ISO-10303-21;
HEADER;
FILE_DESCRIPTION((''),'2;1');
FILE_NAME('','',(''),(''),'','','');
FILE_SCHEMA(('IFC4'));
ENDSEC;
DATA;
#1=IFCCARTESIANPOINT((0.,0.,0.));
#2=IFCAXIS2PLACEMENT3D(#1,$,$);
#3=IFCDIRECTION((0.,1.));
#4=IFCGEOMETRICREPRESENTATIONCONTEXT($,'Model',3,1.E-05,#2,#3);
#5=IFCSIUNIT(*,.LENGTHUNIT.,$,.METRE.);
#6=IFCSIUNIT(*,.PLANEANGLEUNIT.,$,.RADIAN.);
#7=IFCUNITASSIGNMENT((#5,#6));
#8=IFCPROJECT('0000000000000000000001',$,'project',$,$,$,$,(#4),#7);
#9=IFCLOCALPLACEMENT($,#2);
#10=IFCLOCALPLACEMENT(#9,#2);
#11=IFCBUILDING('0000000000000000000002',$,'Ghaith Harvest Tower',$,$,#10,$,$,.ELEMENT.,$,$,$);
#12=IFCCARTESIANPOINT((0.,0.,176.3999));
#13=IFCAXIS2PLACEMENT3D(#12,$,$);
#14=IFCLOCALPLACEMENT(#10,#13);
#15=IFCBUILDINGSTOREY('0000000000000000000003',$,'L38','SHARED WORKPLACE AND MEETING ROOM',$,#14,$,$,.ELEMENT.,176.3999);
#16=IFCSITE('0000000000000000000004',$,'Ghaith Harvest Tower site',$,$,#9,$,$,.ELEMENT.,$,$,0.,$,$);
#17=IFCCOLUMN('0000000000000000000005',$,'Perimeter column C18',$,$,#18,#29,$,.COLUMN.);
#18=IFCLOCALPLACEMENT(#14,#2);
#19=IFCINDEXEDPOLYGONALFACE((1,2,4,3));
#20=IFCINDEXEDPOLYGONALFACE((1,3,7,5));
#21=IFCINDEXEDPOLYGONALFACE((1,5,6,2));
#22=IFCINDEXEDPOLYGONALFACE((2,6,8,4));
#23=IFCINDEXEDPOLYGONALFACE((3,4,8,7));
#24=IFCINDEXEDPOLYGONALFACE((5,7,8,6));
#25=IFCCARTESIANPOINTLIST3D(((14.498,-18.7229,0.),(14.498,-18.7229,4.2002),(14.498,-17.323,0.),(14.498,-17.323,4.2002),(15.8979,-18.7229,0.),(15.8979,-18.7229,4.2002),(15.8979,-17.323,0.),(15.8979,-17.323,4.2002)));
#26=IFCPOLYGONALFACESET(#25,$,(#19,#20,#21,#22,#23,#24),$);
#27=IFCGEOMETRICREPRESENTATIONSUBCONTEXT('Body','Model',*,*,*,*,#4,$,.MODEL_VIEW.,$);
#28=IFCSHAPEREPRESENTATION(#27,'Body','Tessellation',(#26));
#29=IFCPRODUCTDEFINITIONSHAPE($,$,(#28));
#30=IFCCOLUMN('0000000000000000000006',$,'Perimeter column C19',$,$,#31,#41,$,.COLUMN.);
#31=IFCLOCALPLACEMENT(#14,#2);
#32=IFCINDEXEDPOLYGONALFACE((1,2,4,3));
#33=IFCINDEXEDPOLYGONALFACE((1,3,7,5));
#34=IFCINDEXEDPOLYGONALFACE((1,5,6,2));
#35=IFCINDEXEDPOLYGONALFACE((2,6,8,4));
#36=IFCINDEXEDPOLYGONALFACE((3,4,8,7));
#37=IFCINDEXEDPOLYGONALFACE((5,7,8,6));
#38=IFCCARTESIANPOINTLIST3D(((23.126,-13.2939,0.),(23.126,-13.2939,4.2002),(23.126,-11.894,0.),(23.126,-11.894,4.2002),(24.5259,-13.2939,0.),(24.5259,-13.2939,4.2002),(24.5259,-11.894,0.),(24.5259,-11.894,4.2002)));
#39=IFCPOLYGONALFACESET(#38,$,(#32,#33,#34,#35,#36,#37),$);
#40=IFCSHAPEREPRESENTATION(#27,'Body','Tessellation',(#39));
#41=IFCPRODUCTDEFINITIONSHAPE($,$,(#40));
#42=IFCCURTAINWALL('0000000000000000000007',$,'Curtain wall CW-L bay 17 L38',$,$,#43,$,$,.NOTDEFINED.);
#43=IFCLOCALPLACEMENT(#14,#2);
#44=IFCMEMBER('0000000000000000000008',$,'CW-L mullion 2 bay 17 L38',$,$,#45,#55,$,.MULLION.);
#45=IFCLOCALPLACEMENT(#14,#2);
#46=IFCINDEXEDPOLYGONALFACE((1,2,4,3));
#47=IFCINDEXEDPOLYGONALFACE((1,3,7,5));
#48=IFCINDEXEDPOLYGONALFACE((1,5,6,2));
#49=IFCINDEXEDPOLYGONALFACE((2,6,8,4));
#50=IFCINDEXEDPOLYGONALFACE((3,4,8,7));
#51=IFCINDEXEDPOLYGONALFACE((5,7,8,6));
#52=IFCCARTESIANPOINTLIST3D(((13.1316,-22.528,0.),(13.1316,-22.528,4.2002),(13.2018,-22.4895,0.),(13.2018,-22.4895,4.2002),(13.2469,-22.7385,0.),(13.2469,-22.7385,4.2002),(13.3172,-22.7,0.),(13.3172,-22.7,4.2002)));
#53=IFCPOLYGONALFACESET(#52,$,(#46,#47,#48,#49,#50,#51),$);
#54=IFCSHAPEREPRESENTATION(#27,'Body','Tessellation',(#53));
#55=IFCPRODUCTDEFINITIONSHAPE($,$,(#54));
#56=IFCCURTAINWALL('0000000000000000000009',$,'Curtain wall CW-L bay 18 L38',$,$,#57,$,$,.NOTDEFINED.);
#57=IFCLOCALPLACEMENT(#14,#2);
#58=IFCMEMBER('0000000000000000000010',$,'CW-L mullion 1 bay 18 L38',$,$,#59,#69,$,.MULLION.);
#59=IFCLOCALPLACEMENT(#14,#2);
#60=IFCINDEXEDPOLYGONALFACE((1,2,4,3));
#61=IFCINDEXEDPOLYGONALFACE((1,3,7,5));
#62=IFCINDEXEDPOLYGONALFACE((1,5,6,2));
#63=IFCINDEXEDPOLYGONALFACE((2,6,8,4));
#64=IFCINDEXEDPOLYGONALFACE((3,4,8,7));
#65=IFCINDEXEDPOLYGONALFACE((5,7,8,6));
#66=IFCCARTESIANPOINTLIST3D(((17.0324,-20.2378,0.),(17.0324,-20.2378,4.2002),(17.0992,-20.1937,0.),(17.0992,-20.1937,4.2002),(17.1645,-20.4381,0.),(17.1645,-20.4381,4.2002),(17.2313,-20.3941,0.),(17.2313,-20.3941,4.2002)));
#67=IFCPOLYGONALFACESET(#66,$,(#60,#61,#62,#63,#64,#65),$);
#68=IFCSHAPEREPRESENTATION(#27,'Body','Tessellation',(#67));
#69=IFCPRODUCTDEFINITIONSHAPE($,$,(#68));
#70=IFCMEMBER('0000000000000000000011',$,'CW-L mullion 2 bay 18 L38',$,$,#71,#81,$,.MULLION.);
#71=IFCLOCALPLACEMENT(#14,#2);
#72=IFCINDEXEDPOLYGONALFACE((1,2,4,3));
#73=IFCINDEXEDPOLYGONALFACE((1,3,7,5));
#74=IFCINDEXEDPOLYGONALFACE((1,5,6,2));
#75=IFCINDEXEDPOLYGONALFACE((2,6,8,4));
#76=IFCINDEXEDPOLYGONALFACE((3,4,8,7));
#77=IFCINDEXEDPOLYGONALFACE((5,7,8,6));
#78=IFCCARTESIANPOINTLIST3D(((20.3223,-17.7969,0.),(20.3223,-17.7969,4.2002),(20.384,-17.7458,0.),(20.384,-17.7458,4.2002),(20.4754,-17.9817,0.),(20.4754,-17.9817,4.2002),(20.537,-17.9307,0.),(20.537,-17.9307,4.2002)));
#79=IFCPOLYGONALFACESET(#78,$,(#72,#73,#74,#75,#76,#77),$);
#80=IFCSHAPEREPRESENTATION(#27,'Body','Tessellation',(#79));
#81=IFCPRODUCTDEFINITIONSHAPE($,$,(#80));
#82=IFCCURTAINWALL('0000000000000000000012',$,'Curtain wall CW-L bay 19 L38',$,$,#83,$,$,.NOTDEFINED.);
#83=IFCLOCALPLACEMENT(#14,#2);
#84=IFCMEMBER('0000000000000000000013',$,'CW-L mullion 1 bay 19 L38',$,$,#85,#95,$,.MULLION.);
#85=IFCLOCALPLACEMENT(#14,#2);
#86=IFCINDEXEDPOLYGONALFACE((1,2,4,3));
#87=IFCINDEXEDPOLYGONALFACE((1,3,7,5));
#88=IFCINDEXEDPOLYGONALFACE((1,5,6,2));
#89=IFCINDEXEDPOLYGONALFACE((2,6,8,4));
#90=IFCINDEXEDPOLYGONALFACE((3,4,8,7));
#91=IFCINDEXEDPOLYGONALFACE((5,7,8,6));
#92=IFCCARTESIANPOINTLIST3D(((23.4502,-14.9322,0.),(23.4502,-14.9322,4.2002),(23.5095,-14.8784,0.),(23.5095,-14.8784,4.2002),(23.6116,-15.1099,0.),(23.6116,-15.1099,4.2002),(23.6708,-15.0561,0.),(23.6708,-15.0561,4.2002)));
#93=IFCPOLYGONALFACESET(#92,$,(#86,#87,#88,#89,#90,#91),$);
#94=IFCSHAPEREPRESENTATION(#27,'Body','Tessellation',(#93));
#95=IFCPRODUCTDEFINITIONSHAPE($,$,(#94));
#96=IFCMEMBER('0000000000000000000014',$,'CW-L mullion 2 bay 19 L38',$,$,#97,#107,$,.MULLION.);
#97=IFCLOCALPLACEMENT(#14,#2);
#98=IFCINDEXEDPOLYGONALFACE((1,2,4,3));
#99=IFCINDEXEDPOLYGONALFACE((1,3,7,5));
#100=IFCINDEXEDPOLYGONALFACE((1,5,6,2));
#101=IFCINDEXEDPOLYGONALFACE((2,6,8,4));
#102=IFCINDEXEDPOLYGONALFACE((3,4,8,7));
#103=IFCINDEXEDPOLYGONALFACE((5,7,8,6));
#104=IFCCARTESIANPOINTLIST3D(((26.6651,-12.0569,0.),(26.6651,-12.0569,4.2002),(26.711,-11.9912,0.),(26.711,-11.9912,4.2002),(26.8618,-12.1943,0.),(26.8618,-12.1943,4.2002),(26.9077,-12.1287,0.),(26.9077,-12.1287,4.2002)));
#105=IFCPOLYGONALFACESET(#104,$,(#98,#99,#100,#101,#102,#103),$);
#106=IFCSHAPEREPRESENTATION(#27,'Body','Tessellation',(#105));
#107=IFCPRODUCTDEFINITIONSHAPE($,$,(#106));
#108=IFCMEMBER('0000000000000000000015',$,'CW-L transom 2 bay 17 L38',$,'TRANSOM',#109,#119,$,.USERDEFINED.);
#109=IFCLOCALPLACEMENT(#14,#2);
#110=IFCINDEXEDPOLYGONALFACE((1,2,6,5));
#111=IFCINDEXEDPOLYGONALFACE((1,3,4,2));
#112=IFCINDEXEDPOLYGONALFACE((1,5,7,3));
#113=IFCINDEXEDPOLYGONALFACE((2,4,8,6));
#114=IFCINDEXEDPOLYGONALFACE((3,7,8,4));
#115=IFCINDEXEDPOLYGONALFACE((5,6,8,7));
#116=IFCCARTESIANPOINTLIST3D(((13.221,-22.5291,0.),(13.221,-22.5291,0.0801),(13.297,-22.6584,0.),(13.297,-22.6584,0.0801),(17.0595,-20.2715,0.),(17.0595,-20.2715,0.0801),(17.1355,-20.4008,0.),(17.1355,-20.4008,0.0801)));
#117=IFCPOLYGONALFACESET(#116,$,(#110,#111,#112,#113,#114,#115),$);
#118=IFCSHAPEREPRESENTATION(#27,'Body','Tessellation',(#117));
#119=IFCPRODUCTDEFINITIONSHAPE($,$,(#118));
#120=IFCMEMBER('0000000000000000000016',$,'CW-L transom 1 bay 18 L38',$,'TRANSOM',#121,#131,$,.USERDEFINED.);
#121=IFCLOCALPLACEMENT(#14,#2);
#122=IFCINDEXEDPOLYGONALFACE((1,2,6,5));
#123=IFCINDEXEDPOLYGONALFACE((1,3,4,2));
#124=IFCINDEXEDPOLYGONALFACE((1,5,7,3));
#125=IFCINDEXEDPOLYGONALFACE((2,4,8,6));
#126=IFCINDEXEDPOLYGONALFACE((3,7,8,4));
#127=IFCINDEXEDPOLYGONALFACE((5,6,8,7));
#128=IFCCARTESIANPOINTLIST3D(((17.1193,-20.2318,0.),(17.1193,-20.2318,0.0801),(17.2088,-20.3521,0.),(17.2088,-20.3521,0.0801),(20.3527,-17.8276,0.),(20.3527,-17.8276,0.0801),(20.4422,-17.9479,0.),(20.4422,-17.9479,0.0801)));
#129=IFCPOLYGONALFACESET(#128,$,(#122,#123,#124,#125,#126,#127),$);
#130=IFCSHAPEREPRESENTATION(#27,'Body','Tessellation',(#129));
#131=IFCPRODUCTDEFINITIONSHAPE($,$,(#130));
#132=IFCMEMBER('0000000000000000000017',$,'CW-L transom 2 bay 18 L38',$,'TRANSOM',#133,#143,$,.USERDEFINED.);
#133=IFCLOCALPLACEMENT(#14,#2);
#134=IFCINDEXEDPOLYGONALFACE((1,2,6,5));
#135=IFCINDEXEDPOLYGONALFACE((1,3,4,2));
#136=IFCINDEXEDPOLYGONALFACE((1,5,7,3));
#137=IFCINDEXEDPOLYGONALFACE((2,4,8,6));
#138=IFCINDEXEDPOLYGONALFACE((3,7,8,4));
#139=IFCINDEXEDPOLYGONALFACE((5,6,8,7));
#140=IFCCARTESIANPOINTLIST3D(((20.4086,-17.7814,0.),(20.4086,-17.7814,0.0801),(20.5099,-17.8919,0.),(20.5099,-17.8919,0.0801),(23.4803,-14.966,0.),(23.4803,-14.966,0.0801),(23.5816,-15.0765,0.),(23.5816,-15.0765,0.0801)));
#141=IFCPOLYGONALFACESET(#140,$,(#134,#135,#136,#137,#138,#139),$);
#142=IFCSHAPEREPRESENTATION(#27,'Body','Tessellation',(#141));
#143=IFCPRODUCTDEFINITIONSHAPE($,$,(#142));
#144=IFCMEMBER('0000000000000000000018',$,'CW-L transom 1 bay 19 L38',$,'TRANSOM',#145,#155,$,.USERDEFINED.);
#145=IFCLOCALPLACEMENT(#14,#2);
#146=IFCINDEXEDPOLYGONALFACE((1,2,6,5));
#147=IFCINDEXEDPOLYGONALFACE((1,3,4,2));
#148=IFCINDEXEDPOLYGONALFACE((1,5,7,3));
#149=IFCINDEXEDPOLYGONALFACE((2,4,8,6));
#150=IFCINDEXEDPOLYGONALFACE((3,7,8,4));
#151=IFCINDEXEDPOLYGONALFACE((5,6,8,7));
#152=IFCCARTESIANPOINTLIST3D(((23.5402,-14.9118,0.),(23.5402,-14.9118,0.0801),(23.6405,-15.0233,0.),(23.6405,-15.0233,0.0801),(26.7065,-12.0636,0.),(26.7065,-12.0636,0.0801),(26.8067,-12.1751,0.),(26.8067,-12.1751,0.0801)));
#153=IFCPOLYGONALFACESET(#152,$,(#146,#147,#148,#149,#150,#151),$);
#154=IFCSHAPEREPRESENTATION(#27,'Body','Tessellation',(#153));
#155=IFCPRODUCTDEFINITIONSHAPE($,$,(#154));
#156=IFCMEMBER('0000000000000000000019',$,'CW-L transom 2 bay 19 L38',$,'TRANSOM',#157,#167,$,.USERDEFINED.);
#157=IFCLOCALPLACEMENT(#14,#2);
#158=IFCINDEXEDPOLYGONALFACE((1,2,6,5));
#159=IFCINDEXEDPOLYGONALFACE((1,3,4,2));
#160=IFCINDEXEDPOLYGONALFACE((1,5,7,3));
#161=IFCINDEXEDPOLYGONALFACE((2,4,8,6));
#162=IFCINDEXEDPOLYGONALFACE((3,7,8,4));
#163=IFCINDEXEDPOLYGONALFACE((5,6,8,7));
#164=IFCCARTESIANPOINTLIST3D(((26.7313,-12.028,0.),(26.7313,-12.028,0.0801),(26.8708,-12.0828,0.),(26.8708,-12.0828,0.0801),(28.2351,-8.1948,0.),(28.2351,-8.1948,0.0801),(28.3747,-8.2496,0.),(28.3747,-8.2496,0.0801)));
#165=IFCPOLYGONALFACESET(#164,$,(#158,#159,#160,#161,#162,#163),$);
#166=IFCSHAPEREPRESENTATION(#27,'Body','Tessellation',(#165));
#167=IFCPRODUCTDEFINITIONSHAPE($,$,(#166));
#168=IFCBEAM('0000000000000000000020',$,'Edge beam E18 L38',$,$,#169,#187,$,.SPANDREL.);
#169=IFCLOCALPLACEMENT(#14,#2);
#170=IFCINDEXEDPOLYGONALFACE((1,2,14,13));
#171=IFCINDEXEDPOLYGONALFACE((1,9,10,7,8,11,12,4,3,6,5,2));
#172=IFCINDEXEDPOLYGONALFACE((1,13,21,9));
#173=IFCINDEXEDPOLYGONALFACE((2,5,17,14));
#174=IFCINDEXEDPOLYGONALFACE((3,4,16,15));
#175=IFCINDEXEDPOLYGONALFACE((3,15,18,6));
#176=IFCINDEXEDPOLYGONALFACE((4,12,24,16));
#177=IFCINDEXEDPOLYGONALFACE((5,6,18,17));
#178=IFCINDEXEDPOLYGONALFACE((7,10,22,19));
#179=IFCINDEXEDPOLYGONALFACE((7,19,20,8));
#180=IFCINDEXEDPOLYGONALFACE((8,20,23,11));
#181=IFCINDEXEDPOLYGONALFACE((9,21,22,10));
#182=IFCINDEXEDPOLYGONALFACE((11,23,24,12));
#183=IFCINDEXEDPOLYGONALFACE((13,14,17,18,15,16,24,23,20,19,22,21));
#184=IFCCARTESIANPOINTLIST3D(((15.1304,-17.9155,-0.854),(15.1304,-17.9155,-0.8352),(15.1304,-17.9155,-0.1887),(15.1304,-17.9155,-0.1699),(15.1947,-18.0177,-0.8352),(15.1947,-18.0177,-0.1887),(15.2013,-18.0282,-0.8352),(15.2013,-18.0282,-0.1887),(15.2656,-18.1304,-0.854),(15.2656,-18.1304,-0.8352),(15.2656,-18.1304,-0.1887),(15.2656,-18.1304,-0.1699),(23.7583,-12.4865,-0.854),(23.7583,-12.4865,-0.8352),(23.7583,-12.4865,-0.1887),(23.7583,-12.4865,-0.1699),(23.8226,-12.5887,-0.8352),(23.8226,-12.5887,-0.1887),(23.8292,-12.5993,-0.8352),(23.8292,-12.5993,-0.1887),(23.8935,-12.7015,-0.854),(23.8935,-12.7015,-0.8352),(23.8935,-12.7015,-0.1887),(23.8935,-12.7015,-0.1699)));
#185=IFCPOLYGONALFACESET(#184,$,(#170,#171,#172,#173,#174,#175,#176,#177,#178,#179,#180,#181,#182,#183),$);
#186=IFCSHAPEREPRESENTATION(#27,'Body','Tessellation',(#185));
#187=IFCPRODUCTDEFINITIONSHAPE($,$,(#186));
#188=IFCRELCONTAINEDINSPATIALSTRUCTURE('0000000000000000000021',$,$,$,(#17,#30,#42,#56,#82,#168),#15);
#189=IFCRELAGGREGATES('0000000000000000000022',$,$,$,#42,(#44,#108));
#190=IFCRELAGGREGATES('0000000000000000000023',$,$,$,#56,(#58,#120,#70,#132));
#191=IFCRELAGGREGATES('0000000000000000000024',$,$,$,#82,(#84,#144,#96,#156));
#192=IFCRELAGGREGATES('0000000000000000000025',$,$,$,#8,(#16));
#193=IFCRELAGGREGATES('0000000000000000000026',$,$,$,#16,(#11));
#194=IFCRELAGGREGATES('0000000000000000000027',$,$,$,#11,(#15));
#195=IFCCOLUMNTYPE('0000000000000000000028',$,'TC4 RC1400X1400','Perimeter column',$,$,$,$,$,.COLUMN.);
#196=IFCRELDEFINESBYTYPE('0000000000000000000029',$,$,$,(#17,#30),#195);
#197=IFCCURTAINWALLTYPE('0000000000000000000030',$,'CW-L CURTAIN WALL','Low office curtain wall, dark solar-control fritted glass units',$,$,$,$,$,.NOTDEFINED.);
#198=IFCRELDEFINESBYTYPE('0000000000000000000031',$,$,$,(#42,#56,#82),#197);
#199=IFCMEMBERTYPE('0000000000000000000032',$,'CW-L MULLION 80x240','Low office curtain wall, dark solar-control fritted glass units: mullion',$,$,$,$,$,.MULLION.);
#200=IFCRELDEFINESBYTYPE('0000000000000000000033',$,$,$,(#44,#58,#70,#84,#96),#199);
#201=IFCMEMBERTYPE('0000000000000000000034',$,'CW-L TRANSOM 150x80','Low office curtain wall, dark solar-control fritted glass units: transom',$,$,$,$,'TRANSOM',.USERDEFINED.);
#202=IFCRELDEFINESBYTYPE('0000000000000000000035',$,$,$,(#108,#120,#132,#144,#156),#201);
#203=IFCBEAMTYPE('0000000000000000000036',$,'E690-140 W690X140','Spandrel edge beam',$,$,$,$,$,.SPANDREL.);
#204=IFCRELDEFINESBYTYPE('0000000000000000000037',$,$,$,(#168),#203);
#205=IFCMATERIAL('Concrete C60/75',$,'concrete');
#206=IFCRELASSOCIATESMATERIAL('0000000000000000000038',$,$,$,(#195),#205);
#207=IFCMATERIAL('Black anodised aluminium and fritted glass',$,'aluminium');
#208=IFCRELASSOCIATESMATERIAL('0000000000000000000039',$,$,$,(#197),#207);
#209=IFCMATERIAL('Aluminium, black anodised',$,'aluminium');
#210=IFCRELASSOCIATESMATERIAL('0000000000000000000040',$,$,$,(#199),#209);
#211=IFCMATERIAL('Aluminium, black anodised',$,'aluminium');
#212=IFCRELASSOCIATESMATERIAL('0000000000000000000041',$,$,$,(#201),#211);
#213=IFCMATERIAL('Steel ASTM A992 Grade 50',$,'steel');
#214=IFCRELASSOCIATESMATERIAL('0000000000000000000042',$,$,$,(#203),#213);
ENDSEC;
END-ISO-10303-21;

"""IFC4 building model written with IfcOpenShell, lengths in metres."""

from ifc_helpers import new_model, si_unit, direction, frame, origin, origin_2d, place, context, subcontext, project, spatial, rectangle, i_section, extrude, material, material_profile, profile_set, type_object, element, aggregate, save


model = new_model("IFC4")

# Units and contexts
model_context = context("Model", 3, precision=1e-05, world=origin(), true_north=direction((0.0, 1.0)))
body_context = subcontext(model_context, "Body", "Model", "MODEL_VIEW")
ifc_project = project(units=[si_unit("LENGTHUNIT", "METRE"), si_unit("PLANEANGLEUNIT", "RADIAN")], contexts=[model_context])

# Site, building, storey
site_placement = place(None, origin())
site = spatial("IfcSite", under=ifc_project, at=site_placement, Name="Ghaith Harvest Tower site", CompositionType="ELEMENT", RefElevation=0.0)
building_placement = place(site_placement, origin())
building = spatial("IfcBuilding", under=site, at=building_placement, Name="Ghaith Harvest Tower", CompositionType="ELEMENT")
storey_placement = place(building_placement, frame((0.0, 0.0, 176.3999)))
storey = spatial("IfcBuildingStorey", under=building, at=storey_placement, Name="L38", Description="SHARED WORKPLACE AND MEETING ROOM", CompositionType="ELEMENT", Elevation=176.3999)

# Columns
ifc_material_1 = material(Name="Concrete C60/75", Category="concrete")
ifc_material_profile_1 = material_profile(ifc_material_1, rectangle(XDim=1.3999, YDim=1.3999, at=origin_2d()), Name="RC1400X1400")
ifc_profile_set_1 = profile_set([ifc_material_profile_1], Name="Concrete C60/75")
column_type = type_object("IfcColumnType", Name="TC4 RC1400X1400", Description="Perimeter column", PredefinedType="COLUMN", material=ifc_profile_set_1)
for number, where, z_axis, x_axis, name in (
    (1, (15.198, -18.0229, 0.0), (0.0, 0.0, 1.0), (1.0, 0.0, 0.0), "Perimeter column C18"),
    (2, (23.8259, -12.594, 0.0), (0.0, 0.0, 1.0), (1.0, 0.0, 0.0), "Perimeter column C19"),
):
    element("IfcColumn", number, at=place(storey_placement, frame(where, z_axis=z_axis, x_axis=x_axis)), inside=storey, type_object=column_type, Name=name, PredefinedType="COLUMN", context=body_context, shape_type="SweptSolid", body=[
        extrude(rectangle(XDim=1.3999, YDim=1.3999, at=origin_2d()), origin(), (0.0, 0.0, 1.0), 4.2002),
    ])

# Curtain wall, member
ifc_material_2 = material(Name="Black anodised aluminium and fritted glass", Category="aluminium")
curtain_wall_type = type_object("IfcCurtainWallType", Name="CW-L CURTAIN WALL", Description="Low office curtain wall, dark solar-control fritted glass units", PredefinedType="NOTDEFINED", material=ifc_material_2)
curtain_wall_1_placement = place(storey_placement, origin())
curtain_wall_1 = element("IfcCurtainWall", 3, at=curtain_wall_1_placement, inside=storey, type_object=curtain_wall_type, Name="Curtain wall CW-L bay 17 L38", PredefinedType="NOTDEFINED")
ifc_material_3 = material(Name="Aluminium, black anodised", Category="aluminium")
ifc_material_profile_2 = material_profile(ifc_material_3, rectangle(XDim=0.0801, YDim=0.24, at=origin_2d()), Name="CW-L MULLION 80x240")
ifc_profile_set_2 = profile_set([ifc_material_profile_2], Name="Aluminium, black anodised")
member_type_1 = type_object("IfcMemberType", Name="CW-L MULLION 80x240", Description="Low office curtain wall, dark solar-control fritted glass units: mullion", PredefinedType="MULLION", material=ifc_profile_set_2)
member_1_placement = place(storey_placement, frame((13.2244, -22.614, 0.0), z_axis=(0.0, 0.0, 1.0), x_axis=(0.876899, 0.480675, 0.0)))
member_1 = element("IfcMember", 4, at=member_1_placement, type_object=member_type_1, Name="CW-L mullion 2 bay 17 L38", PredefinedType="MULLION", context=body_context, shape_type="SweptSolid", body=[
    extrude(rectangle(XDim=0.0801, YDim=0.24, at=origin_2d()), origin(), (0.0, 0.0, 1.0), 4.2002),
])

# Curtain walls, members
curtain_wall_2_placement = place(storey_placement, origin())
curtain_wall_2 = element("IfcCurtainWall", 5, at=curtain_wall_2_placement, inside=storey, type_object=curtain_wall_type, Name="Curtain wall CW-L bay 18 L38", PredefinedType="NOTDEFINED")
member_2_placement = place(storey_placement, frame((17.1318, -20.3159, 0.0), z_axis=(0.0, 0.0, 1.0), x_axis=(0.834887, 0.550421, 0.0)))
member_2 = element("IfcMember", 6, at=member_2_placement, type_object=member_type_1, Name="CW-L mullion 1 bay 18 L38", PredefinedType="MULLION", context=body_context, shape_type="SweptSolid", body=[
    extrude(rectangle(XDim=0.0801, YDim=0.24, at=origin_2d()), origin(), (0.0, 0.0, 1.0), 4.2002),
])
member_3_placement = place(storey_placement, frame((20.4297, -17.8638, 0.0), z_axis=(0.0, 0.0, 1.0), x_axis=(0.770306, 0.637674, 0.0)))
member_3 = element("IfcMember", 7, at=member_3_placement, type_object=member_type_1, Name="CW-L mullion 2 bay 18 L38", PredefinedType="MULLION", context=body_context, shape_type="SweptSolid", body=[
    extrude(rectangle(XDim=0.0801, YDim=0.24, at=origin_2d()), origin(), (0.0, 0.0, 1.0), 4.2002),
])
curtain_wall_3_placement = place(storey_placement, origin())
curtain_wall_3 = element("IfcCurtainWall", 8, at=curtain_wall_3_placement, inside=storey, type_object=curtain_wall_type, Name="Curtain wall CW-L bay 19 L38", PredefinedType="NOTDEFINED")
member_4_placement = place(storey_placement, frame((23.5605, -14.9941, 0.0), z_axis=(0.0, 0.0, 1.0), x_axis=(0.740389, 0.672179, 0.0)))
member_4 = element("IfcMember", 9, at=member_4_placement, type_object=member_type_1, Name="CW-L mullion 1 bay 19 L38", PredefinedType="MULLION", context=body_context, shape_type="SweptSolid", body=[
    extrude(rectangle(XDim=0.0801, YDim=0.24, at=origin_2d()), origin(), (0.0, 0.0, 1.0), 4.2002),
])
member_5_placement = place(storey_placement, frame((26.7864, -12.0928, 0.0), z_axis=(0.0, 0.0, 1.0), x_axis=(0.572853, 0.819658, 0.0)))
member_5 = element("IfcMember", 10, at=member_5_placement, type_object=member_type_1, Name="CW-L mullion 2 bay 19 L38", PredefinedType="MULLION", context=body_context, shape_type="SweptSolid", body=[
    extrude(rectangle(XDim=0.0801, YDim=0.24, at=origin_2d()), origin(), (0.0, 0.0, 1.0), 4.2002),
])

# Members
ifc_material_4 = material(Name="Aluminium, black anodised", Category="aluminium")
ifc_material_profile_3 = material_profile(ifc_material_4, rectangle(XDim=0.1499, YDim=0.0801, at=origin_2d()), Name="CW-L TRANSOM 150x80")
ifc_profile_set_3 = profile_set([ifc_material_profile_3], Name="Aluminium, black anodised")
member_type_2 = type_object("IfcMemberType", Name="CW-L TRANSOM 150x80", Description="Low office curtain wall, dark solar-control fritted glass units: transom", ElementType="TRANSOM", PredefinedType="USERDEFINED", material=ifc_profile_set_3)
member_6_placement = place(storey_placement, frame((13.259, -22.5938, 0.04), z_axis=(0.861964, 0.50697, 0.0), x_axis=(-0.50697, 0.861964, 0.0)))
member_6 = element("IfcMember", 11, at=member_6_placement, type_object=member_type_2, Name="CW-L transom 2 bay 17 L38", ObjectType="TRANSOM", PredefinedType="USERDEFINED", context=body_context, shape_type="SweptSolid", body=[
    extrude(rectangle(XDim=0.1499, YDim=0.0801, at=origin_2d()), origin(), (0.0, 0.0, 1.0), 4.4531),
])
member_7_placement = place(storey_placement, frame((17.1641, -20.292, 0.04), z_axis=(0.802465, 0.596699, 0.0), x_axis=(-0.596699, 0.802465, 0.0)))
member_7 = element("IfcMember", 12, at=member_7_placement, type_object=member_type_2, Name="CW-L transom 1 bay 18 L38", ObjectType="TRANSOM", PredefinedType="USERDEFINED", context=body_context, shape_type="SweptSolid", body=[
    extrude(rectangle(XDim=0.1499, YDim=0.0801, at=origin_2d()), origin(), (0.0, 0.0, 1.0), 4.0293),
])
member_8_placement = place(storey_placement, frame((20.4592, -17.8367, 0.04), z_axis=(0.737198, 0.675677, 0.0), x_axis=(-0.675677, 0.737198, 0.0)))
member_8 = element("IfcMember", 13, at=member_8_placement, type_object=member_type_2, Name="CW-L transom 2 bay 18 L38", ObjectType="TRANSOM", PredefinedType="USERDEFINED", context=body_context, shape_type="SweptSolid", body=[
    extrude(rectangle(XDim=0.1499, YDim=0.0801, at=origin_2d()), origin(), (0.0, 0.0, 1.0), 4.1667),
])
member_9_placement = place(storey_placement, frame((23.5903, -14.9675, 0.04), z_axis=(0.743468, 0.668772, 0.0), x_axis=(-0.668772, 0.743468, 0.0)))
member_9 = element("IfcMember", 14, at=member_9_placement, type_object=member_type_2, Name="CW-L transom 1 bay 19 L38", ObjectType="TRANSOM", PredefinedType="USERDEFINED", context=body_context, shape_type="SweptSolid", body=[
    extrude(rectangle(XDim=0.1499, YDim=0.0801, at=origin_2d()), origin(), (0.0, 0.0, 1.0), 4.2588),
])
member_10_placement = place(storey_placement, frame((26.801, -12.0554, 0.04), z_axis=(0.365229, 0.930918, 0.0), x_axis=(-0.930918, 0.365229, 0.0)))
member_10 = element("IfcMember", 15, at=member_10_placement, type_object=member_type_2, Name="CW-L transom 2 bay 19 L38", ObjectType="TRANSOM", PredefinedType="USERDEFINED", context=body_context, shape_type="SweptSolid", body=[
    extrude(rectangle(XDim=0.1499, YDim=0.0801, at=origin_2d()), origin(), (0.0, 0.0, 1.0), 4.1177),
])

# Beam
ifc_material_5 = material(Name="Steel ASTM A992 Grade 50", Category="steel")
ifc_material_profile_4 = material_profile(ifc_material_5, i_section(OverallWidth=0.2539, OverallDepth=0.6841, WebThickness=0.0125, FlangeThickness=0.0188, at=origin_2d()), Name="W690X140")
ifc_profile_set_4 = profile_set([ifc_material_profile_4], Name="Steel ASTM A992 Grade 50")
beam_type_1 = type_object("IfcBeamType", Name="E690-140 W690X140", Description="Spandrel edge beam", PredefinedType="SPANDREL", material=ifc_profile_set_4)
beam_1_placement = place(storey_placement, frame((15.198, -18.0229, -0.512), z_axis=(0.846385, 0.532571, 0.0), x_axis=(-0.532571, 0.846385, 0.0)))
element("IfcBeam", 16, at=beam_1_placement, inside=storey, type_object=beam_type_1, Name="Edge beam E18 L38", PredefinedType="SPANDREL", context=body_context, shape_type="SweptSolid", body=[
    extrude(i_section(OverallWidth=0.2539, OverallDepth=0.6841, WebThickness=0.0125, FlangeThickness=0.0188, at=origin_2d()), origin(), (0.0, 0.0, 1.0), 10.1938),
])

aggregate(curtain_wall_1, [member_1, member_6])
aggregate(curtain_wall_2, [member_2, member_7, member_3, member_8])
aggregate(curtain_wall_3, [member_4, member_9, member_5, member_10])

save(model, "model.ifc")
